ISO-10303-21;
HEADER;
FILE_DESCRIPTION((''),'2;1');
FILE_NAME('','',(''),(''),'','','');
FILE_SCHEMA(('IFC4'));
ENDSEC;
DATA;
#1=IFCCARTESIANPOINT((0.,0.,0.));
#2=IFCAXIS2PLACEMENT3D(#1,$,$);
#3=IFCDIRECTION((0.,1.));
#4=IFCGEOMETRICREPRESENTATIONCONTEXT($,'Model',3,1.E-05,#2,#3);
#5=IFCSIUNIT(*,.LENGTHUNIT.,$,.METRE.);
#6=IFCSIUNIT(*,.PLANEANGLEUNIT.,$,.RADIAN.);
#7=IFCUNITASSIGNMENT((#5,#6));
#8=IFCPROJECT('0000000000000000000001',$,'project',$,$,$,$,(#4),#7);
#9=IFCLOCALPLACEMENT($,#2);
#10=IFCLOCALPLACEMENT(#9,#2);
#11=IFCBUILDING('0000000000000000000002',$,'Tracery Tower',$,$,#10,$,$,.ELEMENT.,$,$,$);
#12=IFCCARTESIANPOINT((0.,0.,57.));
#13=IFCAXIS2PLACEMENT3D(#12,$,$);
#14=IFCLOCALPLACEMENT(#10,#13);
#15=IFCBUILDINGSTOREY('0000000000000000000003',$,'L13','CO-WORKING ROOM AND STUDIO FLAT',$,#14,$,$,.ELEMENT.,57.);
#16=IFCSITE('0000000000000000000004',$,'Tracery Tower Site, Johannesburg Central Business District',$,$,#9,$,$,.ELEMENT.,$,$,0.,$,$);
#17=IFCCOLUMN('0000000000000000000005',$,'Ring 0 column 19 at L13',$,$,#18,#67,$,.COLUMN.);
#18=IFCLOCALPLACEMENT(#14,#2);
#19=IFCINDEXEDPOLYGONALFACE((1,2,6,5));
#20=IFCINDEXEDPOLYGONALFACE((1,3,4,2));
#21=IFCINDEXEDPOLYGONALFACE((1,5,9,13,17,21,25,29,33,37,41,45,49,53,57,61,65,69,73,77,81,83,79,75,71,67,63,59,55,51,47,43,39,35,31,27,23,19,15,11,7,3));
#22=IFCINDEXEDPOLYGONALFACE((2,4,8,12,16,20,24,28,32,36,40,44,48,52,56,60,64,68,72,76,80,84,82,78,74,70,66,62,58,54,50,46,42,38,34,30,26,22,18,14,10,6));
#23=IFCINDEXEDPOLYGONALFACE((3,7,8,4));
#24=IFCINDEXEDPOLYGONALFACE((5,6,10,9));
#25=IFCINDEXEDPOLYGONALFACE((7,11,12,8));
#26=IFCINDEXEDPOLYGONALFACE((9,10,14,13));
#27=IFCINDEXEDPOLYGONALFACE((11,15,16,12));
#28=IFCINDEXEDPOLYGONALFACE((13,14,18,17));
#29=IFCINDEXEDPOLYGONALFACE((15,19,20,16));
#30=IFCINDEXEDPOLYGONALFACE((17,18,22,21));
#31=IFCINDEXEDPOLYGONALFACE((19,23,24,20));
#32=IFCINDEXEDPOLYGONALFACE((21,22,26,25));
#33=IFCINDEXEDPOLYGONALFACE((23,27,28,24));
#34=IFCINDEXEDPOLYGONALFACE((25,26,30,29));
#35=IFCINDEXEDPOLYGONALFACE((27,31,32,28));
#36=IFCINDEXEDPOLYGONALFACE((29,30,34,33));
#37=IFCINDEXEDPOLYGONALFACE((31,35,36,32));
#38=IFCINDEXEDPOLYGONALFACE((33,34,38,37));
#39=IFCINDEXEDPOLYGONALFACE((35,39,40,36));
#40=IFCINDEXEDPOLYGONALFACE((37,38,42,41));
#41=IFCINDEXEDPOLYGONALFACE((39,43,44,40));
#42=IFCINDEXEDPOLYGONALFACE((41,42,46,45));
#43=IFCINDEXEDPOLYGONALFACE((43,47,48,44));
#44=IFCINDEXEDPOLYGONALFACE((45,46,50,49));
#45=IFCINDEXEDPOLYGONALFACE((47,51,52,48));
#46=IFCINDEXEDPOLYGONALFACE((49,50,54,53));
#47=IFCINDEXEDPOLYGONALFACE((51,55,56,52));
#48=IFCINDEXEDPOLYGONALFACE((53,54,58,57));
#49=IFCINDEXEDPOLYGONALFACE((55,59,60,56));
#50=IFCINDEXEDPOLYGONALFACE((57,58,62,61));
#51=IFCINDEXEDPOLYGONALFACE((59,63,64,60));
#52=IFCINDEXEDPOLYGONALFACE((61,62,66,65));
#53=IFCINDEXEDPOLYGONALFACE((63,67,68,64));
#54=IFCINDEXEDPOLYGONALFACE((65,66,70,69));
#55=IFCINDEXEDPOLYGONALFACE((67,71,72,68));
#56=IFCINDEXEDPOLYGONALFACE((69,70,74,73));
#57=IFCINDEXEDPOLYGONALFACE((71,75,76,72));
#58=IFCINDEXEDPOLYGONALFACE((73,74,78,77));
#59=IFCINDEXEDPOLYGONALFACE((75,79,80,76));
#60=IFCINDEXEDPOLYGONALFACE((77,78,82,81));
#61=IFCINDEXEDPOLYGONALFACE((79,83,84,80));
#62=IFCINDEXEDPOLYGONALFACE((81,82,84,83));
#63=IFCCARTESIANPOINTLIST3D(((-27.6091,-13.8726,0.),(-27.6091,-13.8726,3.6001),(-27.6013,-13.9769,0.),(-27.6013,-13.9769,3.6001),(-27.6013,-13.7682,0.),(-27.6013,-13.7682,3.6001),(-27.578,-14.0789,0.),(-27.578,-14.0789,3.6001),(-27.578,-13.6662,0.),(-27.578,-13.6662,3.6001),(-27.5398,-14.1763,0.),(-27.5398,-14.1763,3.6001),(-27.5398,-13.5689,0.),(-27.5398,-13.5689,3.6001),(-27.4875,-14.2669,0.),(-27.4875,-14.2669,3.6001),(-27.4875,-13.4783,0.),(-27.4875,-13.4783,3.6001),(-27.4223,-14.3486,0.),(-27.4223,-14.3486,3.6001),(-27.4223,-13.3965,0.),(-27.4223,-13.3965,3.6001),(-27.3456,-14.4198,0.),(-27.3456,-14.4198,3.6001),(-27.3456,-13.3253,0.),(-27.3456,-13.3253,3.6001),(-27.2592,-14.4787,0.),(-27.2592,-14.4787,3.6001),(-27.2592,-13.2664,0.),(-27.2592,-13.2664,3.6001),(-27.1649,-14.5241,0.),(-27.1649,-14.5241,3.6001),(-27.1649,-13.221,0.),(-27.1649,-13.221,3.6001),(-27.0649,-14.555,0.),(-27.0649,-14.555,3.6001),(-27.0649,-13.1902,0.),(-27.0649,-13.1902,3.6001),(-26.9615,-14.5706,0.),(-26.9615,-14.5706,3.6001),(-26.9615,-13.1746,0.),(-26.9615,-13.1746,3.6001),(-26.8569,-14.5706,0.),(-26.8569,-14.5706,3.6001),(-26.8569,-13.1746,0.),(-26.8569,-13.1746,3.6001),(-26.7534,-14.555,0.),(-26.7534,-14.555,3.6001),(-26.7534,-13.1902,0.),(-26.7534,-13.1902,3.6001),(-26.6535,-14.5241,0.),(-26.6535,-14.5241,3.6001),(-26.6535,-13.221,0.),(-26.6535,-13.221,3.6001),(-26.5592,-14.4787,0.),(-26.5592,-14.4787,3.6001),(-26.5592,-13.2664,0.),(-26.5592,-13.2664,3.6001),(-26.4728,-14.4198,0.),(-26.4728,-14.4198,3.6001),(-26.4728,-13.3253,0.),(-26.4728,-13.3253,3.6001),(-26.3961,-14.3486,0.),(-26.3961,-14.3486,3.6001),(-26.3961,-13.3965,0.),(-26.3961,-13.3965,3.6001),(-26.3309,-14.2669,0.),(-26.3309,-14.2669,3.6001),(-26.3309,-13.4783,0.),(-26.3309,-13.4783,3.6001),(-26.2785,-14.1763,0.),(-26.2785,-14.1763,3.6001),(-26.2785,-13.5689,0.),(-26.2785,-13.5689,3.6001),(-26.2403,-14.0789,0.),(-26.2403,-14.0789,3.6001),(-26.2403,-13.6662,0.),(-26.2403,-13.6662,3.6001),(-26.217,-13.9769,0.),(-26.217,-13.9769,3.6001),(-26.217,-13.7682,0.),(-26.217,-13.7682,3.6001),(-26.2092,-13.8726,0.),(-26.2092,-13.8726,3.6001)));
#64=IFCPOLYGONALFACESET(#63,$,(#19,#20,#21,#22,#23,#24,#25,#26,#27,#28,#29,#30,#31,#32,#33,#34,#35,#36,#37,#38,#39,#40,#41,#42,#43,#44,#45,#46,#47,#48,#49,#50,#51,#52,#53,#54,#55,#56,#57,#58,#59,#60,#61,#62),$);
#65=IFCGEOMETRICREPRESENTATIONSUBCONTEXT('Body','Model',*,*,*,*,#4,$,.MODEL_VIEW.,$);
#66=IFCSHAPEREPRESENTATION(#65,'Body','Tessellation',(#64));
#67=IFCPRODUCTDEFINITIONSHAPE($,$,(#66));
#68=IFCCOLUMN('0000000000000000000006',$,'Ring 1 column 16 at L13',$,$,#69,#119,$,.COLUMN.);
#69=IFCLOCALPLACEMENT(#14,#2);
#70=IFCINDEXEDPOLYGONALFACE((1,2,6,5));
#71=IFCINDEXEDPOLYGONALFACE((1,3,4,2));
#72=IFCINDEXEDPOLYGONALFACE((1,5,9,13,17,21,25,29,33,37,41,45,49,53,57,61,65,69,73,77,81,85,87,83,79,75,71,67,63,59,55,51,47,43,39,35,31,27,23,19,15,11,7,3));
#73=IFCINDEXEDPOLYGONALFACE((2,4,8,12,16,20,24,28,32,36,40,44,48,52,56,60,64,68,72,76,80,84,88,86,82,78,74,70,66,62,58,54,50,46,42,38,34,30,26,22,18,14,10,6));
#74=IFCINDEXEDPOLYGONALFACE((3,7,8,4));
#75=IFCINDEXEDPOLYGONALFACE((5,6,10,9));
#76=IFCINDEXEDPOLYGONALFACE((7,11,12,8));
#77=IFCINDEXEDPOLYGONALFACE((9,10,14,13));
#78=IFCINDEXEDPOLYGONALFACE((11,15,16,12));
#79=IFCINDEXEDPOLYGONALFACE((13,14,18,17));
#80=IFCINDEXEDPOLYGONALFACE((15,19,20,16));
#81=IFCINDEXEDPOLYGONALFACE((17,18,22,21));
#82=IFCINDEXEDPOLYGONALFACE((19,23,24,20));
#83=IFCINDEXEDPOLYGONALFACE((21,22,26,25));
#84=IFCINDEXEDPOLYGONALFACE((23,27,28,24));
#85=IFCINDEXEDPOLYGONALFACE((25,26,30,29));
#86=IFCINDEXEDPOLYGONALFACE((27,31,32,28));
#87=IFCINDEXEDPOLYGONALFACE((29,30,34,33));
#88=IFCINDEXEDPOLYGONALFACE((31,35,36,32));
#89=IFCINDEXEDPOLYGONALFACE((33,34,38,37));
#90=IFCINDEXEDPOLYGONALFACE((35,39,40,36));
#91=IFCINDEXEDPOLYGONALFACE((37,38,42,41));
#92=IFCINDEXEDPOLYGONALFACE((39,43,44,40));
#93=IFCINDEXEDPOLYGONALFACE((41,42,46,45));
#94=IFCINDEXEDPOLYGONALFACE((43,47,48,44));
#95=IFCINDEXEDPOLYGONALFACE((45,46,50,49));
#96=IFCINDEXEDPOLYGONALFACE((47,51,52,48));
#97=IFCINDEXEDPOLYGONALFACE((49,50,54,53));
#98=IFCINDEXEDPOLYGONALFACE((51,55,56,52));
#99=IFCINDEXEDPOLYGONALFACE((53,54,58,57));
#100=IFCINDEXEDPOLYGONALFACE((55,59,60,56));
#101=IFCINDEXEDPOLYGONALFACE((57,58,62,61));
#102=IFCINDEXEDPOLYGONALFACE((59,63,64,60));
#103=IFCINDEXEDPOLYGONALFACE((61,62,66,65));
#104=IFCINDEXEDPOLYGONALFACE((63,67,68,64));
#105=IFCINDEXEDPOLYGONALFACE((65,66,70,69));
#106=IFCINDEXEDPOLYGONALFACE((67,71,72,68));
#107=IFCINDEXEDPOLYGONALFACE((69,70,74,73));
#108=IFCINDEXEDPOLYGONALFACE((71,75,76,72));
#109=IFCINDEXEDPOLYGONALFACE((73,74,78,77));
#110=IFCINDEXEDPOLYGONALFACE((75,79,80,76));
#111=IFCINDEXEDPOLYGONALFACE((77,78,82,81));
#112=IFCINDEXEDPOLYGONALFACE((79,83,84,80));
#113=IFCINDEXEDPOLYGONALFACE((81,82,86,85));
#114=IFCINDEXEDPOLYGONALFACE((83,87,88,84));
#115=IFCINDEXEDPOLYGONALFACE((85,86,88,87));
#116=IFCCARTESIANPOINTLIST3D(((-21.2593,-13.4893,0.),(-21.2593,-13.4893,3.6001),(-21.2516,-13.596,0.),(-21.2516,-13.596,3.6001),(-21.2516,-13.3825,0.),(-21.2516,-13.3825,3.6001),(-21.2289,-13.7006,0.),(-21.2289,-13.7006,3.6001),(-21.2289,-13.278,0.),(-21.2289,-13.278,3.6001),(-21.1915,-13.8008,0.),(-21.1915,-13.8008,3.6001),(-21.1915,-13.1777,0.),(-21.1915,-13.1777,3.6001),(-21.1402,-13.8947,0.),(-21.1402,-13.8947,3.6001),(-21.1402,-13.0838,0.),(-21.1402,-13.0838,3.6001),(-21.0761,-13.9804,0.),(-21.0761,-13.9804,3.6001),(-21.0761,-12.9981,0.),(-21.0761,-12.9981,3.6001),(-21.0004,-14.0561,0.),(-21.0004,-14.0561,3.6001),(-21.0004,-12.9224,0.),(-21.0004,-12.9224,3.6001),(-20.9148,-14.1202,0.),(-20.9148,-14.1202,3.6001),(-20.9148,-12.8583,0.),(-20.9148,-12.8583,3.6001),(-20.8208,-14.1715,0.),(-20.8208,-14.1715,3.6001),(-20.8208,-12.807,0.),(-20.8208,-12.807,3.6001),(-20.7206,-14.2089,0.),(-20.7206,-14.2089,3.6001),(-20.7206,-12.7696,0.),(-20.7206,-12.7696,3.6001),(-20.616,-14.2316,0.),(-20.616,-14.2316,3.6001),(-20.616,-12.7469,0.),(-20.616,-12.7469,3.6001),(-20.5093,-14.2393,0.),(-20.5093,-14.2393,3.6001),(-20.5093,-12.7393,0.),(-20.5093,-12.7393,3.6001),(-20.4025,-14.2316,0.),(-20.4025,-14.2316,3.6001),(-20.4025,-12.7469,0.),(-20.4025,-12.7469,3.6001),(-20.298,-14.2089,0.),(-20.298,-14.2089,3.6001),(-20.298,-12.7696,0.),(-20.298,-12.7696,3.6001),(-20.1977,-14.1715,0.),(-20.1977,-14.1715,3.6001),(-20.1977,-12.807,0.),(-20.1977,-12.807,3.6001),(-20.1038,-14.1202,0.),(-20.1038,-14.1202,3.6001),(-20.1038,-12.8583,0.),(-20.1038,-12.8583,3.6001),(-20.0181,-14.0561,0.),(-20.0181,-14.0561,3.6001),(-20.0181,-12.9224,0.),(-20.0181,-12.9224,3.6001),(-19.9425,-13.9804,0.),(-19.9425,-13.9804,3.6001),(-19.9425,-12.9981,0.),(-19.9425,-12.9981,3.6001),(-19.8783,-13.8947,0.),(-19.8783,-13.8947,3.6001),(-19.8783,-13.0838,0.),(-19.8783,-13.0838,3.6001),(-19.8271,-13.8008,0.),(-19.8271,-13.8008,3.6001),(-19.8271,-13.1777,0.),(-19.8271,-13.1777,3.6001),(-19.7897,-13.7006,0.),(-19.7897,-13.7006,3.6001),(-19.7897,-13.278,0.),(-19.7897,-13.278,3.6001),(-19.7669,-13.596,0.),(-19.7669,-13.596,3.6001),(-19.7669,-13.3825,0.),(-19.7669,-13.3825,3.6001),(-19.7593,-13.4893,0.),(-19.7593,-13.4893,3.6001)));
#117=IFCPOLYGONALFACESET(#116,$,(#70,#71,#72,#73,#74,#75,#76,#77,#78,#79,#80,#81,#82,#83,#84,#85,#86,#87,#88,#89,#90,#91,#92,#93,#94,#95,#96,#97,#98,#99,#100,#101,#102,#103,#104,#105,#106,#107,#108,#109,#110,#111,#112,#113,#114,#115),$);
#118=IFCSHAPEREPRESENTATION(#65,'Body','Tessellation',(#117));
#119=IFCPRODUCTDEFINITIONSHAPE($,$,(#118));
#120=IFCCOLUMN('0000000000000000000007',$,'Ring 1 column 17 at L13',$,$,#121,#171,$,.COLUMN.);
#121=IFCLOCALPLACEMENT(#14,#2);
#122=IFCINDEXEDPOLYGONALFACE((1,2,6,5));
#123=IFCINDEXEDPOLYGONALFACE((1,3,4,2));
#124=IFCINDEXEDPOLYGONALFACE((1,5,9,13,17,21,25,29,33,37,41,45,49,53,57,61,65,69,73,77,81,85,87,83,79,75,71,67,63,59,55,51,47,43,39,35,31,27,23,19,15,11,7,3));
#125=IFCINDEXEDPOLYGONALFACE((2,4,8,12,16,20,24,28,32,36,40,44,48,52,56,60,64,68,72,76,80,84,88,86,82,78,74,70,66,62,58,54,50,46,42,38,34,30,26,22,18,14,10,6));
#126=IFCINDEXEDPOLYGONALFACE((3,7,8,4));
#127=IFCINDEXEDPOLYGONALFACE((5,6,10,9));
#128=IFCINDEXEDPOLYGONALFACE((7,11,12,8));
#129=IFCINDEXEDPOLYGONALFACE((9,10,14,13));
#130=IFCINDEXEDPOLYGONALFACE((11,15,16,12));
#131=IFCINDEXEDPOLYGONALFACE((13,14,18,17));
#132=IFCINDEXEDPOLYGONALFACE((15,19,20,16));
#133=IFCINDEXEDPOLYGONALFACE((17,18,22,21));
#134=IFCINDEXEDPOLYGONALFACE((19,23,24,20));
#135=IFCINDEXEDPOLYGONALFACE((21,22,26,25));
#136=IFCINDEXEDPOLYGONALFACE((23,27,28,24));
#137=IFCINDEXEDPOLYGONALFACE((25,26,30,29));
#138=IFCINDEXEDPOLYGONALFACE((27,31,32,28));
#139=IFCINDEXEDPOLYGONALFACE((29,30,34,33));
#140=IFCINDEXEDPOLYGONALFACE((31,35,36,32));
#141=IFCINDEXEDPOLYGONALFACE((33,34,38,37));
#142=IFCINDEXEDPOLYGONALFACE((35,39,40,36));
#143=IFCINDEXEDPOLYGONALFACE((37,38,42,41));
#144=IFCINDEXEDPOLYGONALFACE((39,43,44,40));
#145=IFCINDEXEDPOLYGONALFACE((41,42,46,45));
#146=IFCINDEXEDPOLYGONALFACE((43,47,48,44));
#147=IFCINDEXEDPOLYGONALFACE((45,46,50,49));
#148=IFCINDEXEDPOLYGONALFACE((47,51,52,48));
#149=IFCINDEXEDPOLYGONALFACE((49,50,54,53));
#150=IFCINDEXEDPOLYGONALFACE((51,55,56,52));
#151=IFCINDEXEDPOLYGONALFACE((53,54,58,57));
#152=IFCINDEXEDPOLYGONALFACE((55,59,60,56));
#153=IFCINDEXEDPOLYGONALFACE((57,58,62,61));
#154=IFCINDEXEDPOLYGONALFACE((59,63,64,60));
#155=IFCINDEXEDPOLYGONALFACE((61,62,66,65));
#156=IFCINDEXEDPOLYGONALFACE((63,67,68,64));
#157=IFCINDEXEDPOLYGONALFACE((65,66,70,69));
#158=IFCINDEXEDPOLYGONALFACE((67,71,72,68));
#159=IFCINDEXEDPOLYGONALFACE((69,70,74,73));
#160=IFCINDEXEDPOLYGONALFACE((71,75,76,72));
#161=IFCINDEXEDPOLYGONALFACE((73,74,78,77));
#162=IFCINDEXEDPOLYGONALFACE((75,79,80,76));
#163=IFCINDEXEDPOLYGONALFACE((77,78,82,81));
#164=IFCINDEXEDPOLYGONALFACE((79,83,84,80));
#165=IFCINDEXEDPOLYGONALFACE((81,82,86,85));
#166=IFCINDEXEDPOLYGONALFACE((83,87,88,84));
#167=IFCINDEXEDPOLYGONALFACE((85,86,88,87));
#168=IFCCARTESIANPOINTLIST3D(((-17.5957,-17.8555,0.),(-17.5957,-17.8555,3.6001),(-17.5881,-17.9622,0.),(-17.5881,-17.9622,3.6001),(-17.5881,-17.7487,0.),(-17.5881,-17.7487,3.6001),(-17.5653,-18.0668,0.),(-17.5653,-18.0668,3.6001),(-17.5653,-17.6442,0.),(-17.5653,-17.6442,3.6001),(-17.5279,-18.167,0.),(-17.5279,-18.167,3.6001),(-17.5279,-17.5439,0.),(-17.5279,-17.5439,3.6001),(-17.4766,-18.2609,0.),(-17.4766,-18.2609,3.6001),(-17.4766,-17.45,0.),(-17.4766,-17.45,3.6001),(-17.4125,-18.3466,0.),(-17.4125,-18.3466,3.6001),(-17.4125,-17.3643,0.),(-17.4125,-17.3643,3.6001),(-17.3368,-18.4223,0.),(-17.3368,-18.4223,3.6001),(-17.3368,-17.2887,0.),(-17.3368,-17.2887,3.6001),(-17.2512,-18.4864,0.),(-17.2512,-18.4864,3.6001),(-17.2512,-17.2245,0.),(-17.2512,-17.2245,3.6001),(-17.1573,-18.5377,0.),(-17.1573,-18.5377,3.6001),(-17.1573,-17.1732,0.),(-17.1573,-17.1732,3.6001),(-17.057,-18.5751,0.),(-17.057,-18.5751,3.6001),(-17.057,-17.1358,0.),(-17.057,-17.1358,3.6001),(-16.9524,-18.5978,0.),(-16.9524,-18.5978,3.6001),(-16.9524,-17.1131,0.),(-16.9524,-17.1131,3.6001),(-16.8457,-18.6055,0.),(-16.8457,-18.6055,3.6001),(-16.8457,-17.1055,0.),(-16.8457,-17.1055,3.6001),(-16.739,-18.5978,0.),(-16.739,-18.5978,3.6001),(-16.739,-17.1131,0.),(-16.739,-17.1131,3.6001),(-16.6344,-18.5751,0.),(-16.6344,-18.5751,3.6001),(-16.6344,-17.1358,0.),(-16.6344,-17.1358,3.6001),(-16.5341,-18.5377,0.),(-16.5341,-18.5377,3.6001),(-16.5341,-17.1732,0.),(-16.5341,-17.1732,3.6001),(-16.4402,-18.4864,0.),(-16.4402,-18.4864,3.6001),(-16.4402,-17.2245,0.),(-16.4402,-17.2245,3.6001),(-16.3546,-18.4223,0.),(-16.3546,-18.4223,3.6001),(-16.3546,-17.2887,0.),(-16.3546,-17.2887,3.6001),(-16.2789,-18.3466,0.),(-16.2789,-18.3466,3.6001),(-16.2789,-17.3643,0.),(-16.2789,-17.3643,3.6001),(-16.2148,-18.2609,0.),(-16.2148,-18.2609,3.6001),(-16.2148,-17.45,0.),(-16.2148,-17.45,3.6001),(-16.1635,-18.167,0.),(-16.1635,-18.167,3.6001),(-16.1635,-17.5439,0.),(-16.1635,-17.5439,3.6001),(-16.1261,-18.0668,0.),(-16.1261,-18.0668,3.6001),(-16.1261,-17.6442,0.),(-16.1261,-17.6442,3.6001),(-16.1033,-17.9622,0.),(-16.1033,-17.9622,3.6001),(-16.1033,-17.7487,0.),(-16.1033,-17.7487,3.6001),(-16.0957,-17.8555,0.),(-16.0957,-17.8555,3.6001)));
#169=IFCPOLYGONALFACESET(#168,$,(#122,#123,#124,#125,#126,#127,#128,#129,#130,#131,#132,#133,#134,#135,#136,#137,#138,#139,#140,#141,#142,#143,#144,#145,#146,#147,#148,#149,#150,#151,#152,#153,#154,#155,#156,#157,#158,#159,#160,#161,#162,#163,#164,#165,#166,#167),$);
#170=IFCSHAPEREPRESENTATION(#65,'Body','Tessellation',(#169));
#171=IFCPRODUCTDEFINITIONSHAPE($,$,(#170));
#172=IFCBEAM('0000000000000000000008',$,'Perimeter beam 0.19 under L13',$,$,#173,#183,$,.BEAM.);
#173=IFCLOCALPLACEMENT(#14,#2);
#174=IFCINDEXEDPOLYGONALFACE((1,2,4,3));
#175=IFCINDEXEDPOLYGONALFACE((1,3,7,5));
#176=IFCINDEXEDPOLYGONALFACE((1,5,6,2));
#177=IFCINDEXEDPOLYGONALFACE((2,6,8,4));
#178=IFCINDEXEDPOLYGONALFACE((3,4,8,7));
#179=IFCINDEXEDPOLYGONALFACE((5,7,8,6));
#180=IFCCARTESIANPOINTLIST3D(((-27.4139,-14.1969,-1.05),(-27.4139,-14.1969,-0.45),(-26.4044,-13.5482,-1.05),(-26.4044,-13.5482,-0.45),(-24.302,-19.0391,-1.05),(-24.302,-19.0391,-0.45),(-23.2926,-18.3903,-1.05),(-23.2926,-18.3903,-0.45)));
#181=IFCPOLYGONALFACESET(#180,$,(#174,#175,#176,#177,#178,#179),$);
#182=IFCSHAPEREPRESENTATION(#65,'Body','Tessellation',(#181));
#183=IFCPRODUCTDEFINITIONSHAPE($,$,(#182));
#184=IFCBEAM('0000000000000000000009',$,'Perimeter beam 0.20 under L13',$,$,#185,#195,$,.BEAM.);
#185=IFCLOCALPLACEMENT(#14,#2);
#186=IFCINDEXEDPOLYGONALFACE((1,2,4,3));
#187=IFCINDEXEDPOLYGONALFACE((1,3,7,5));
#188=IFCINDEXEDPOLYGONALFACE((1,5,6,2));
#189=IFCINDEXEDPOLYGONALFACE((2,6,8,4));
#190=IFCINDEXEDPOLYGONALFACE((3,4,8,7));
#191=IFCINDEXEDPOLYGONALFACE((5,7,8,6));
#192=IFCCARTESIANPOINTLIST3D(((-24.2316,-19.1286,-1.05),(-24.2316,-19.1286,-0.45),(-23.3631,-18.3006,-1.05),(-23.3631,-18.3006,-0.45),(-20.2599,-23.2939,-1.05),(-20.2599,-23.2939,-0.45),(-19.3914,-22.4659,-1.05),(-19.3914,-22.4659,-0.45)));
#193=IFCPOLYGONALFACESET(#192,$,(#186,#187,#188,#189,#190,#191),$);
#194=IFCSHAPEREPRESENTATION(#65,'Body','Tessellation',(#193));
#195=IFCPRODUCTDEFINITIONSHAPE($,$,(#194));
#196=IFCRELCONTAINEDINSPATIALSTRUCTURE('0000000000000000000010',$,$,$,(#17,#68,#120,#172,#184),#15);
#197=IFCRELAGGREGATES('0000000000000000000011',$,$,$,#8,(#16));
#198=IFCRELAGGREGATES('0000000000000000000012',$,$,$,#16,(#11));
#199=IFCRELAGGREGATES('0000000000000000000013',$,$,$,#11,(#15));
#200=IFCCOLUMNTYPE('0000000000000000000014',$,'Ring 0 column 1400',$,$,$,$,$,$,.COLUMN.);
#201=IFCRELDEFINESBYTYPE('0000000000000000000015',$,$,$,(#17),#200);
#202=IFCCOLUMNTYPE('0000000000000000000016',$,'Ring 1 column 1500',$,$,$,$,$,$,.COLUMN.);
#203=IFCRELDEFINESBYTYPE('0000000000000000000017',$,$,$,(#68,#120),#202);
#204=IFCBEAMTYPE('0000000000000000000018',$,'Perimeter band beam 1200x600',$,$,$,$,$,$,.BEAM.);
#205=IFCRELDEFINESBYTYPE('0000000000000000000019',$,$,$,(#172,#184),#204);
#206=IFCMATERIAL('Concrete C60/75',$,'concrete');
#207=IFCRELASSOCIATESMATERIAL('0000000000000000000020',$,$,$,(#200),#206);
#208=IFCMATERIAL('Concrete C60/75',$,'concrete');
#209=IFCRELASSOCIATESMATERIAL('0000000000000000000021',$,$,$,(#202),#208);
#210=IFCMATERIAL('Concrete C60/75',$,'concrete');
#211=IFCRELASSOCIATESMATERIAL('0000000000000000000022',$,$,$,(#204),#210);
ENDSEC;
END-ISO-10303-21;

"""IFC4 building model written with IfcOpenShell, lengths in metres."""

from ifc_helpers import new_model, si_unit, direction, frame, origin, origin_2d, place, context, subcontext, project, spatial, rectangle, circle, extrude, material, material_profile, profile_set, type_object, element, save


model = new_model("IFC4")

# Units and contexts
model_context = context("Model", 3, precision=1e-05, world=origin(), true_north=direction((0.0, 1.0)))
body_context = subcontext(model_context, "Body", "Model", "MODEL_VIEW")
ifc_project = project(units=[si_unit("LENGTHUNIT", "METRE"), si_unit("PLANEANGLEUNIT", "RADIAN")], contexts=[model_context])

# Site, building, storey
site_placement = place(None, origin())
site = spatial("IfcSite", under=ifc_project, at=site_placement, Name="Tracery Tower Site, Johannesburg Central Business District", CompositionType="ELEMENT", RefElevation=0.0)
building_placement = place(site_placement, origin())
building = spatial("IfcBuilding", under=site, at=building_placement, Name="Tracery Tower", CompositionType="ELEMENT")
storey_placement = place(building_placement, frame((0.0, 0.0, 57.0)))
storey = spatial("IfcBuildingStorey", under=building, at=storey_placement, Name="L13", Description="CO-WORKING ROOM AND STUDIO FLAT", CompositionType="ELEMENT", Elevation=57.0)

# Columns
ifc_material_1 = material(Name="Concrete C60/75", Category="concrete")
ifc_material_profile_1 = material_profile(ifc_material_1, circle(Radius=0.7, at=origin_2d()), Name="RC D1400")
ifc_profile_set_1 = profile_set([ifc_material_profile_1], Name="Concrete C60/75")
column_type_1 = type_object("IfcColumnType", Name="Ring 0 column 1400", PredefinedType="COLUMN", material=ifc_profile_set_1)
column_placement = place(storey_placement, frame((-26.9092, -13.8726, 0.0), z_axis=(0.0, 0.0, 1.0), x_axis=(1.0, 0.0, 0.0)))
element("IfcColumn", 1, at=column_placement, inside=storey, type_object=column_type_1, Name="Ring 0 column 19 at L13", PredefinedType="COLUMN", context=body_context, shape_type="SweptSolid", body=[
    extrude(circle(Radius=0.7, at=origin_2d()), origin(), (0.0, 0.0, 1.0), 3.6001),
])
ifc_material_2 = material(Name="Concrete C60/75", Category="concrete")
ifc_material_profile_2 = material_profile(ifc_material_2, circle(Radius=0.75, at=origin_2d()), Name="RC D1500")
ifc_profile_set_2 = profile_set([ifc_material_profile_2], Name="Concrete C60/75")
column_type_2 = type_object("IfcColumnType", Name="Ring 1 column 1500", PredefinedType="COLUMN", material=ifc_profile_set_2)
for number, where, z_axis, x_axis, name in (
    (2, (-20.5093, -13.4893, 0.0), (0.0, 0.0, 1.0), (1.0, 0.0, 0.0), "Ring 1 column 16 at L13"),
    (3, (-16.8457, -17.8555, 0.0), (0.0, 0.0, 1.0), (1.0, 0.0, 0.0), "Ring 1 column 17 at L13"),
):
    element("IfcColumn", number, at=place(storey_placement, frame(where, z_axis=z_axis, x_axis=x_axis)), inside=storey, type_object=column_type_2, Name=name, PredefinedType="COLUMN", context=body_context, shape_type="SweptSolid", body=[
        extrude(circle(Radius=0.75, at=origin_2d()), origin(), (0.0, 0.0, 1.0), 3.6001),
    ])

# Beams
ifc_material_3 = material(Name="Concrete C60/75", Category="concrete")
ifc_material_profile_3 = material_profile(ifc_material_3, rectangle(XDim=1.2, YDim=0.6001, at=origin_2d()), Name="RC 1200x600")
ifc_profile_set_3 = profile_set([ifc_material_profile_3], Name="Concrete C60/75")
beam_type = type_object("IfcBeamType", Name="Perimeter band beam 1200x600", PredefinedType="BEAM", material=ifc_profile_set_3)
beam_1_placement = place(storey_placement, frame((-26.9092, -13.8726, -0.75), z_axis=(0.540644, -0.841252, 0.0), x_axis=(0.841252, 0.540644, 0.0)))
element("IfcBeam", 4, at=beam_1_placement, inside=storey, type_object=beam_type, Name="Perimeter beam 0.19 under L13", PredefinedType="BEAM", context=body_context, shape_type="SweptSolid", body=[
    extrude(rectangle(XDim=1.2, YDim=0.6001, at=origin_2d()), origin(), (0.0, 0.0, 1.0), 5.7559),
])
beam_2_placement = place(storey_placement, frame((-23.7974, -18.7146, -0.75), z_axis=(0.690087, -0.723726, 0.0), x_axis=(0.723726, 0.690087, 0.0)))
element("IfcBeam", 5, at=beam_2_placement, inside=storey, type_object=beam_type, Name="Perimeter beam 0.20 under L13", PredefinedType="BEAM", context=body_context, shape_type="SweptSolid", body=[
    extrude(rectangle(XDim=1.2, YDim=0.6001, at=origin_2d()), origin(), (0.0, 0.0, 1.0), 5.7554),
])

save(model, "model.ifc")
